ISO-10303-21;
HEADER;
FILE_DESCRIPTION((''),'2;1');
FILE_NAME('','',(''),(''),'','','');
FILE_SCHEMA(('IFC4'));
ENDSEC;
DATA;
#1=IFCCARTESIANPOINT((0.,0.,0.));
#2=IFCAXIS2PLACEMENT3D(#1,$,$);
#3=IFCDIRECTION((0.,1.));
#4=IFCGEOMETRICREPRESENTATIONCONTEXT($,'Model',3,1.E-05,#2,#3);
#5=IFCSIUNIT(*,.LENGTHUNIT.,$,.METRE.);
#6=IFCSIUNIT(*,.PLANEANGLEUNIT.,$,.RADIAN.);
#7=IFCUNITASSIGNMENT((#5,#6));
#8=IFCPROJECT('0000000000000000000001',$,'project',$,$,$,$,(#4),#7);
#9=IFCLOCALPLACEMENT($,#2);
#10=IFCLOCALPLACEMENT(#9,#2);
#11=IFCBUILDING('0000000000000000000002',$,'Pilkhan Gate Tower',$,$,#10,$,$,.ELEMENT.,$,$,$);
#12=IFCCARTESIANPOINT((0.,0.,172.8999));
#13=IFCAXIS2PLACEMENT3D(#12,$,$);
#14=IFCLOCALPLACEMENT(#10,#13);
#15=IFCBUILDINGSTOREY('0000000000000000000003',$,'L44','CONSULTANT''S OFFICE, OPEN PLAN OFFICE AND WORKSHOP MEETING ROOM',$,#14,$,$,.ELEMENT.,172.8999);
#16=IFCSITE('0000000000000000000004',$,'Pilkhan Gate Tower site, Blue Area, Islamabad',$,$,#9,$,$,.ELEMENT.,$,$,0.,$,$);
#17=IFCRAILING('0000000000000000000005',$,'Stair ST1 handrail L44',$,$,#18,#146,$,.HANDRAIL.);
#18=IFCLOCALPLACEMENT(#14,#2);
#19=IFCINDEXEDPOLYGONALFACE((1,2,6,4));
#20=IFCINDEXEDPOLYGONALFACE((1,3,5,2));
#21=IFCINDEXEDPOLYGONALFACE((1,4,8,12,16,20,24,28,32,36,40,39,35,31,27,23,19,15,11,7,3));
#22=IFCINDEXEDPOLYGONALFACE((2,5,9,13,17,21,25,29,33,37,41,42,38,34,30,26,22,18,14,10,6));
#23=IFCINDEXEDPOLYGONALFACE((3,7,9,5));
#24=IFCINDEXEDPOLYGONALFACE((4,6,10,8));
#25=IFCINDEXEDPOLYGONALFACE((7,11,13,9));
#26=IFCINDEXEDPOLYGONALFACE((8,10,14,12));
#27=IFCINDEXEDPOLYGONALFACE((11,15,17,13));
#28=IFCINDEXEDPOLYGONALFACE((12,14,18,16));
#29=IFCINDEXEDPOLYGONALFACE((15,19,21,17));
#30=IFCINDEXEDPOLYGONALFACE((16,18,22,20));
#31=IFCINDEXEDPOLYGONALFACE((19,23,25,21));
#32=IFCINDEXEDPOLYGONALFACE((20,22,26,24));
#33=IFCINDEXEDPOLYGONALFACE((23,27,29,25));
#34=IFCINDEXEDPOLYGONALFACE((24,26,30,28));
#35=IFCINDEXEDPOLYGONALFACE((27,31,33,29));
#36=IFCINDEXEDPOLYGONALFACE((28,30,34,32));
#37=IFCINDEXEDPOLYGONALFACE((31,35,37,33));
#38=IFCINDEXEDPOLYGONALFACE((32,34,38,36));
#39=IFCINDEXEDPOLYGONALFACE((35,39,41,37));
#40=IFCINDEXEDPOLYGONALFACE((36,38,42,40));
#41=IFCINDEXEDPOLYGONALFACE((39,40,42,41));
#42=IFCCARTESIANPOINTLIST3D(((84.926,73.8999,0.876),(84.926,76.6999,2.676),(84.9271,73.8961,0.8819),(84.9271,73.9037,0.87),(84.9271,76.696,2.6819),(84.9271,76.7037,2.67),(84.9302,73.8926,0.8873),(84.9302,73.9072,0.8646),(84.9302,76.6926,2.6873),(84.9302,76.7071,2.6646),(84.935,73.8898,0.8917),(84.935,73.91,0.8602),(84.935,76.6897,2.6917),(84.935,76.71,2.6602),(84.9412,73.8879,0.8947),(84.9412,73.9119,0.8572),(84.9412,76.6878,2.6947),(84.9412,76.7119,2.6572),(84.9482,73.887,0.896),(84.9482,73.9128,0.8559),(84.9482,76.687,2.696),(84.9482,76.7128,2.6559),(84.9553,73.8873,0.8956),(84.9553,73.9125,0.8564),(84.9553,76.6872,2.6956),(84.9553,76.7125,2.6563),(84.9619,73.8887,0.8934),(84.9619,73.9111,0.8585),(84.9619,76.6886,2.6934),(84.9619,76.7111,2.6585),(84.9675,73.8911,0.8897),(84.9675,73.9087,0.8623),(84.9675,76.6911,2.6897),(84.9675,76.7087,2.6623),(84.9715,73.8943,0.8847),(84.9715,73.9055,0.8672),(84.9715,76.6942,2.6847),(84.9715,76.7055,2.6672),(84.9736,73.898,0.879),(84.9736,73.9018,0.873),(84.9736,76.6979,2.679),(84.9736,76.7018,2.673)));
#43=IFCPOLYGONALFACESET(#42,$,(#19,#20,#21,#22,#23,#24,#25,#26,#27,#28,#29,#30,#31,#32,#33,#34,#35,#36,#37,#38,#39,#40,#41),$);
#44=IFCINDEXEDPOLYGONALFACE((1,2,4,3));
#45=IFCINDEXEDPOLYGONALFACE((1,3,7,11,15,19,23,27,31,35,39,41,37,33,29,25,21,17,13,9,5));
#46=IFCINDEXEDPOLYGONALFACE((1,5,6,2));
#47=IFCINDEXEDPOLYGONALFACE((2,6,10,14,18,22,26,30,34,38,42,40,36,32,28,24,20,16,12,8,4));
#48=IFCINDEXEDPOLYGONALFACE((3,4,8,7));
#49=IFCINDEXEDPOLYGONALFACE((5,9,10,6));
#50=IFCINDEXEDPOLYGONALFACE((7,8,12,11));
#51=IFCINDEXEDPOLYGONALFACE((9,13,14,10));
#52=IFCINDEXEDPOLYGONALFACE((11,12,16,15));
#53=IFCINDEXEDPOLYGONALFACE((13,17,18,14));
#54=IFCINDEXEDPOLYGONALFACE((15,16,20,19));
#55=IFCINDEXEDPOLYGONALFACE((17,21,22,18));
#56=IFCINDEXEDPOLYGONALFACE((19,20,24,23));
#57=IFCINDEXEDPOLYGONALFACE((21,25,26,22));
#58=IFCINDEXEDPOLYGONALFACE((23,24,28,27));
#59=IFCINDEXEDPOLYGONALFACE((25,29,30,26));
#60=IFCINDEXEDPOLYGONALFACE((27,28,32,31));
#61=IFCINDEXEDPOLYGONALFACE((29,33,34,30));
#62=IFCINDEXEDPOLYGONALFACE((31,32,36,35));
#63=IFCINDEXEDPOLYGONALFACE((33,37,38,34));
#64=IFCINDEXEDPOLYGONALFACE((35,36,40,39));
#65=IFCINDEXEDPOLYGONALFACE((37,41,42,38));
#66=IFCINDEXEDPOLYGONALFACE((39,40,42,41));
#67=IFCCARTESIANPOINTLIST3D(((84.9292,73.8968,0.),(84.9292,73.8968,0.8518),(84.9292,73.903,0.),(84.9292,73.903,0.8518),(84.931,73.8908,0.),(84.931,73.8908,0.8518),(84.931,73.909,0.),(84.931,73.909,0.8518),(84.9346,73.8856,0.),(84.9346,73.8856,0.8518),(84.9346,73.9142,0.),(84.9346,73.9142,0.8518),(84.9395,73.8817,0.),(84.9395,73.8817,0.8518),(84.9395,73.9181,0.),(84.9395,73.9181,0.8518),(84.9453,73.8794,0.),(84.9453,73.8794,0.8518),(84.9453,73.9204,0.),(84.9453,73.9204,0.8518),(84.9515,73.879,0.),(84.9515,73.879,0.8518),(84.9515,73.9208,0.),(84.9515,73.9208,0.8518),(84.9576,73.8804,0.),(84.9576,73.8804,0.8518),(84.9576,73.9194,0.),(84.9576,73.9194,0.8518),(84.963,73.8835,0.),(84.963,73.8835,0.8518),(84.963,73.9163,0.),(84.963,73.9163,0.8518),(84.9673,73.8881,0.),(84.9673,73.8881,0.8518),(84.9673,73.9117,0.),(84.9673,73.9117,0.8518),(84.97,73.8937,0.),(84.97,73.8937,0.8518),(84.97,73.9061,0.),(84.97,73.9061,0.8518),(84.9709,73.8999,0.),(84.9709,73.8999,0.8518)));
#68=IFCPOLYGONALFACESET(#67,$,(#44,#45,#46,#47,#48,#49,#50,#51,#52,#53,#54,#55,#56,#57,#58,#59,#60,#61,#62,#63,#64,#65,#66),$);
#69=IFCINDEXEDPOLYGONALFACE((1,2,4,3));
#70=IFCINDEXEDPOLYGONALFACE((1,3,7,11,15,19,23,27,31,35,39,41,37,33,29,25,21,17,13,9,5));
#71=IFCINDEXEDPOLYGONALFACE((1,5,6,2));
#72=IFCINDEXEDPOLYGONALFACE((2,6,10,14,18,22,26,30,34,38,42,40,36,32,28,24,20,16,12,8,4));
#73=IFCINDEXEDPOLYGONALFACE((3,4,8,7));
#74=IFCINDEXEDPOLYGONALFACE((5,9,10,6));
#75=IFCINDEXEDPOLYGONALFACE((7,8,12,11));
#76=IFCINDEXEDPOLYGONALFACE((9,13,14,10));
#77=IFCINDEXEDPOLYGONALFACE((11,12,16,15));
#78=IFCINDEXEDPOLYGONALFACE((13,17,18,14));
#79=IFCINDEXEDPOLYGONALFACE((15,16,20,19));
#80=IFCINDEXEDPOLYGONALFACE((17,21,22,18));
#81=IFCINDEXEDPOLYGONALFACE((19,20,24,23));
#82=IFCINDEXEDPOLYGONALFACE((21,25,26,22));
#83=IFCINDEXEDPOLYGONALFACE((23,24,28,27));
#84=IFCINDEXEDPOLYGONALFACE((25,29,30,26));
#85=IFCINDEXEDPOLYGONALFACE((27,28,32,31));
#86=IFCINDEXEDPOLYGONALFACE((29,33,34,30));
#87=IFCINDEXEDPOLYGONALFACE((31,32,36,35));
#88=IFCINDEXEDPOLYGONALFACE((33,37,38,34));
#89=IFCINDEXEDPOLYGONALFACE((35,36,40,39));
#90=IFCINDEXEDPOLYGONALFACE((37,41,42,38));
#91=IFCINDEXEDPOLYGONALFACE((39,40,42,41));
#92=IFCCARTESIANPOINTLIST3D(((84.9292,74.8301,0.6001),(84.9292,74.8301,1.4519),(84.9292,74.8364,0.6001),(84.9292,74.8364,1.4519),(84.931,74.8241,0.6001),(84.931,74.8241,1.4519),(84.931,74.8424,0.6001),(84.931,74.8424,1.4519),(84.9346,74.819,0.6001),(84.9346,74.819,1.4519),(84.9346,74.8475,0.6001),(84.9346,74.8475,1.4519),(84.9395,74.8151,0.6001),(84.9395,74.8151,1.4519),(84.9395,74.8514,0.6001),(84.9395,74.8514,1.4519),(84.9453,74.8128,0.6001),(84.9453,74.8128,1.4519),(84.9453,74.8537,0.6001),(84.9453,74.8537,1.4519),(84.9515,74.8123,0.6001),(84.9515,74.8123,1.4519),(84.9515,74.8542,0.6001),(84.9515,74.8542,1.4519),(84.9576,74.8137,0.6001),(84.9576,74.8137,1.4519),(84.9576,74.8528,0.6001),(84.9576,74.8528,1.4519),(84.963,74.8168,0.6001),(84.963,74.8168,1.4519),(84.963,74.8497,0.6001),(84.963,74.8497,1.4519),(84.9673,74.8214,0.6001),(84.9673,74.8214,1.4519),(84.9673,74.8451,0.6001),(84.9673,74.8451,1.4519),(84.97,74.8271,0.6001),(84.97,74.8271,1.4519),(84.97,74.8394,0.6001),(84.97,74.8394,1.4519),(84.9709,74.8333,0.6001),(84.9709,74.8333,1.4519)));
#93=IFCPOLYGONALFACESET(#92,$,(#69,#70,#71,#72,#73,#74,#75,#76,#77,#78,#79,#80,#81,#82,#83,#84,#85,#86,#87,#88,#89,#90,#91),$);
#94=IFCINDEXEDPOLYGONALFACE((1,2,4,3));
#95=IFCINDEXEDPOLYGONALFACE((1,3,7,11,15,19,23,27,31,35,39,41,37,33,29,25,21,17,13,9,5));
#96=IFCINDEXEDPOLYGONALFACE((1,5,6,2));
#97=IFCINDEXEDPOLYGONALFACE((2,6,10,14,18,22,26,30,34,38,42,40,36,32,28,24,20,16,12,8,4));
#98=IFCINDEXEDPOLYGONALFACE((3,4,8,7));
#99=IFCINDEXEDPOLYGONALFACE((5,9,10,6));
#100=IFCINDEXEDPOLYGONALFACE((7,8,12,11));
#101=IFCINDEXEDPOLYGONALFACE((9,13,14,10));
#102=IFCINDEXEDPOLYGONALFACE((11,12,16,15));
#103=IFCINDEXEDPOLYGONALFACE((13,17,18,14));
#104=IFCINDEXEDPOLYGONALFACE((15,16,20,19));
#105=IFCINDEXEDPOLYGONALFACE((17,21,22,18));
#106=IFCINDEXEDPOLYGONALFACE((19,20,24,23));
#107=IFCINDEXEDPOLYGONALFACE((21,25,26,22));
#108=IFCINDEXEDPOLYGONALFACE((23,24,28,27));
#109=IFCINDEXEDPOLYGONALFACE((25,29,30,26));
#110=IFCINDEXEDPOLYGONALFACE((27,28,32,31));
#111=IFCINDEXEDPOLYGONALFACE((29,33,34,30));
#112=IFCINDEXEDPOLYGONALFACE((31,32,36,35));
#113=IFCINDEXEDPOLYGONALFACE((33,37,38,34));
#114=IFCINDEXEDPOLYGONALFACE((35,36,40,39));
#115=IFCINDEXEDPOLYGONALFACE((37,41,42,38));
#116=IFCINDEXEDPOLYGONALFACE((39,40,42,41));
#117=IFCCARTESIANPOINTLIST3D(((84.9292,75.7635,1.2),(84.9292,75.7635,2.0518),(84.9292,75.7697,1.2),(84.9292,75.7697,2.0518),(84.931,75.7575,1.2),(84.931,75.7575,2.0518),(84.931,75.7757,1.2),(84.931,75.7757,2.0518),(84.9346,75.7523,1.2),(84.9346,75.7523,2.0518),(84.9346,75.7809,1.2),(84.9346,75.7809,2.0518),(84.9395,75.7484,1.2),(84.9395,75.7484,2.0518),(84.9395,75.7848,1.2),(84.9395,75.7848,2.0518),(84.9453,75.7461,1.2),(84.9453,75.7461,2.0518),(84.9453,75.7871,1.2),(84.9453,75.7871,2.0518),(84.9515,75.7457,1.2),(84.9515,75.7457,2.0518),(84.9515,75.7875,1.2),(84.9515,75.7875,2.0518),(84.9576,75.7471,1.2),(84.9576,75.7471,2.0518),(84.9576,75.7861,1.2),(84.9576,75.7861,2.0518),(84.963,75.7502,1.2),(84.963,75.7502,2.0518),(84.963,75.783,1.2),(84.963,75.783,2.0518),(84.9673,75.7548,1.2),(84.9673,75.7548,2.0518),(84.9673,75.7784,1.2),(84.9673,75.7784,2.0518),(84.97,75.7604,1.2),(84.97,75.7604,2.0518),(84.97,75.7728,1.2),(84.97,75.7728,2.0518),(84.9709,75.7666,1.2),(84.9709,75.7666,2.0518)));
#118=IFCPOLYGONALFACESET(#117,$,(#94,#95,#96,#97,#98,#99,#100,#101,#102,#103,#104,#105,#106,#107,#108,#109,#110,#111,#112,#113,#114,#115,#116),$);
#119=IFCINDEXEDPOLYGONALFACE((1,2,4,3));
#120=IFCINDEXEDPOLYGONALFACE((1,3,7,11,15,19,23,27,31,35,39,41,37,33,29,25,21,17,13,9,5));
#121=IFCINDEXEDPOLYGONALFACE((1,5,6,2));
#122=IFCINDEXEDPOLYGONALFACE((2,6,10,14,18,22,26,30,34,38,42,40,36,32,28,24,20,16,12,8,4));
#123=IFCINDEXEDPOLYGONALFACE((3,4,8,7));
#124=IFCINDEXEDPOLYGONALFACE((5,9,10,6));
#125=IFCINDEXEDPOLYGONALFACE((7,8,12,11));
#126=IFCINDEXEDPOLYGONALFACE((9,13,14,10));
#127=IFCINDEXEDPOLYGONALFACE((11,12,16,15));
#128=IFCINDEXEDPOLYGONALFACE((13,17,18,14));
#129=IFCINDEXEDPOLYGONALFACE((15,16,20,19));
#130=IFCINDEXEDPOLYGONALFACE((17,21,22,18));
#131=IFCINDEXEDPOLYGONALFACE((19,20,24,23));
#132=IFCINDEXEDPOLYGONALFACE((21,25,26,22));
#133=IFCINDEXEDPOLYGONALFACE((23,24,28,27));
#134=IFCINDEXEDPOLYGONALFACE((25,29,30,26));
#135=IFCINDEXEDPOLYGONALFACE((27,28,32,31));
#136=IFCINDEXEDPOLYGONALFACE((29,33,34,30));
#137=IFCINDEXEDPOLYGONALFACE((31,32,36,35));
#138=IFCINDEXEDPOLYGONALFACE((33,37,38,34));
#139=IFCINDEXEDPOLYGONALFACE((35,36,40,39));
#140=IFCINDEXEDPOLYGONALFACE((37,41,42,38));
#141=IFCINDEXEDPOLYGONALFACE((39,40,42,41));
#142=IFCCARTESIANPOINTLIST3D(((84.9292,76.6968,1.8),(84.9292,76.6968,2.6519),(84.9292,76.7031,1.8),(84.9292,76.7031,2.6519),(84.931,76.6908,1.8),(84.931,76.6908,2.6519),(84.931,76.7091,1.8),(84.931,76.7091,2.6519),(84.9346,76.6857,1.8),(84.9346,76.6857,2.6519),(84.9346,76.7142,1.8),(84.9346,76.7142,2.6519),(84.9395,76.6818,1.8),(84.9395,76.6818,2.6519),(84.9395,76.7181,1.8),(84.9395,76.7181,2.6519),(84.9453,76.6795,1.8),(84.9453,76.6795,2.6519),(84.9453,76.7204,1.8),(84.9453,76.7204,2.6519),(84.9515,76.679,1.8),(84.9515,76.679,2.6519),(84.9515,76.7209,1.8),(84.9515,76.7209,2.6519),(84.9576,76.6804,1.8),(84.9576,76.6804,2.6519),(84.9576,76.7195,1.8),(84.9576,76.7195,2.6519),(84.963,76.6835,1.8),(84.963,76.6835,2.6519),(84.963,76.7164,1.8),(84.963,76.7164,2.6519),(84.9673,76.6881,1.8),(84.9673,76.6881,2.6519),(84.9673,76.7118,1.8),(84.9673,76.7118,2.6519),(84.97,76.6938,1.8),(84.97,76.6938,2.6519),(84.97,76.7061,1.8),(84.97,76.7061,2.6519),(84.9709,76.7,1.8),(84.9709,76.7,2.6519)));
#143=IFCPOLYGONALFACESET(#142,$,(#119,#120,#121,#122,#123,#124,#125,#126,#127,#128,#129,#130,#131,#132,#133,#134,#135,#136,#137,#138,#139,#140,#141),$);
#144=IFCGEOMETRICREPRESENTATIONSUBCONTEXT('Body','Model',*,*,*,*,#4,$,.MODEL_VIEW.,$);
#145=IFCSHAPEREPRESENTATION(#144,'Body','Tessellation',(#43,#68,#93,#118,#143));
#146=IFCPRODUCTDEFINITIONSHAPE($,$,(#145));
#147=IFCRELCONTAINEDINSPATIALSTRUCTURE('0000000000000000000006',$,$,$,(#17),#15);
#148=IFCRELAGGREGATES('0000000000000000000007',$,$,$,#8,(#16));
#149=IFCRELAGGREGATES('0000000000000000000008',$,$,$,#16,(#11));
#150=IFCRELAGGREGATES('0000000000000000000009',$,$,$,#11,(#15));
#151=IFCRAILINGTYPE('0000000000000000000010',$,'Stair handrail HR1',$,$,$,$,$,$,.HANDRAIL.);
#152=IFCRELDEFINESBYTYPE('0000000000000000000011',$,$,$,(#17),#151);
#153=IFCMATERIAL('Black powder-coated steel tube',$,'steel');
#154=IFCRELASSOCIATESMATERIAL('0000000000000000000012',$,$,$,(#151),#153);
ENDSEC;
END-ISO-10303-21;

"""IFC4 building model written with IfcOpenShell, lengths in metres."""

from ifc_helpers import new_model, si_unit, direction, frame, origin, origin_2d, place, context, subcontext, project, spatial, circle, extrude, material, type_object, element, save


model = new_model("IFC4")

# Units and contexts
model_context = context("Model", 3, precision=1e-05, world=origin(), true_north=direction((0.0, 1.0)))
body_context = subcontext(model_context, "Body", "Model", "MODEL_VIEW")
ifc_project = project(units=[si_unit("LENGTHUNIT", "METRE"), si_unit("PLANEANGLEUNIT", "RADIAN")], contexts=[model_context])

# Site, building, storey
site_placement = place(None, origin())
site = spatial("IfcSite", under=ifc_project, at=site_placement, Name="Pilkhan Gate Tower site, Blue Area, Islamabad", CompositionType="ELEMENT", RefElevation=0.0)
building_placement = place(site_placement, origin())
building = spatial("IfcBuilding", under=site, at=building_placement, Name="Pilkhan Gate Tower", CompositionType="ELEMENT")
storey_placement = place(building_placement, frame((0.0, 0.0, 172.8999)))
storey = spatial("IfcBuildingStorey", under=building, at=storey_placement, Name="L44", Description="CONSULTANT'S OFFICE, OPEN PLAN OFFICE AND WORKSHOP MEETING ROOM", CompositionType="ELEMENT", Elevation=172.8999)

# Railing
ifc_material_1 = material(Name="Black powder-coated steel tube", Category="steel")
railing_type_1 = type_object("IfcRailingType", Name="Stair handrail HR1", PredefinedType="HANDRAIL", material=ifc_material_1)
railing_1_placement = place(storey_placement, frame((84.95, 73.8999, 0.0)))
element("IfcRailing", 1, at=railing_1_placement, inside=storey, type_object=railing_type_1, Name="Stair ST1 handrail L44", PredefinedType="HANDRAIL", context=body_context, shape_type="SweptSolid", body=[
    extrude(circle(Radius=0.0239, at=origin_2d()), frame((0.0, 0.0, 0.876), z_axis=(0.0, 0.841176, 0.540761), x_axis=(-1.0, 0.0, 0.0)), (0.0, 0.0, 1.0), 3.3286),
    extrude(circle(Radius=0.021, at=origin_2d()), origin(), (0.0, 0.0, 1.0), 0.8518),
    extrude(circle(Radius=0.021, at=origin_2d()), frame((0.0, 0.9333, 0.6001)), (0.0, 0.0, 1.0), 0.8518),
    extrude(circle(Radius=0.021, at=origin_2d()), frame((0.0, 1.8667, 1.2)), (0.0, 0.0, 1.0), 0.8518),
    extrude(circle(Radius=0.021, at=origin_2d()), frame((0.0, 2.8, 1.8)), (0.0, 0.0, 1.0), 0.8518),
])

save(model, "model.ifc")
